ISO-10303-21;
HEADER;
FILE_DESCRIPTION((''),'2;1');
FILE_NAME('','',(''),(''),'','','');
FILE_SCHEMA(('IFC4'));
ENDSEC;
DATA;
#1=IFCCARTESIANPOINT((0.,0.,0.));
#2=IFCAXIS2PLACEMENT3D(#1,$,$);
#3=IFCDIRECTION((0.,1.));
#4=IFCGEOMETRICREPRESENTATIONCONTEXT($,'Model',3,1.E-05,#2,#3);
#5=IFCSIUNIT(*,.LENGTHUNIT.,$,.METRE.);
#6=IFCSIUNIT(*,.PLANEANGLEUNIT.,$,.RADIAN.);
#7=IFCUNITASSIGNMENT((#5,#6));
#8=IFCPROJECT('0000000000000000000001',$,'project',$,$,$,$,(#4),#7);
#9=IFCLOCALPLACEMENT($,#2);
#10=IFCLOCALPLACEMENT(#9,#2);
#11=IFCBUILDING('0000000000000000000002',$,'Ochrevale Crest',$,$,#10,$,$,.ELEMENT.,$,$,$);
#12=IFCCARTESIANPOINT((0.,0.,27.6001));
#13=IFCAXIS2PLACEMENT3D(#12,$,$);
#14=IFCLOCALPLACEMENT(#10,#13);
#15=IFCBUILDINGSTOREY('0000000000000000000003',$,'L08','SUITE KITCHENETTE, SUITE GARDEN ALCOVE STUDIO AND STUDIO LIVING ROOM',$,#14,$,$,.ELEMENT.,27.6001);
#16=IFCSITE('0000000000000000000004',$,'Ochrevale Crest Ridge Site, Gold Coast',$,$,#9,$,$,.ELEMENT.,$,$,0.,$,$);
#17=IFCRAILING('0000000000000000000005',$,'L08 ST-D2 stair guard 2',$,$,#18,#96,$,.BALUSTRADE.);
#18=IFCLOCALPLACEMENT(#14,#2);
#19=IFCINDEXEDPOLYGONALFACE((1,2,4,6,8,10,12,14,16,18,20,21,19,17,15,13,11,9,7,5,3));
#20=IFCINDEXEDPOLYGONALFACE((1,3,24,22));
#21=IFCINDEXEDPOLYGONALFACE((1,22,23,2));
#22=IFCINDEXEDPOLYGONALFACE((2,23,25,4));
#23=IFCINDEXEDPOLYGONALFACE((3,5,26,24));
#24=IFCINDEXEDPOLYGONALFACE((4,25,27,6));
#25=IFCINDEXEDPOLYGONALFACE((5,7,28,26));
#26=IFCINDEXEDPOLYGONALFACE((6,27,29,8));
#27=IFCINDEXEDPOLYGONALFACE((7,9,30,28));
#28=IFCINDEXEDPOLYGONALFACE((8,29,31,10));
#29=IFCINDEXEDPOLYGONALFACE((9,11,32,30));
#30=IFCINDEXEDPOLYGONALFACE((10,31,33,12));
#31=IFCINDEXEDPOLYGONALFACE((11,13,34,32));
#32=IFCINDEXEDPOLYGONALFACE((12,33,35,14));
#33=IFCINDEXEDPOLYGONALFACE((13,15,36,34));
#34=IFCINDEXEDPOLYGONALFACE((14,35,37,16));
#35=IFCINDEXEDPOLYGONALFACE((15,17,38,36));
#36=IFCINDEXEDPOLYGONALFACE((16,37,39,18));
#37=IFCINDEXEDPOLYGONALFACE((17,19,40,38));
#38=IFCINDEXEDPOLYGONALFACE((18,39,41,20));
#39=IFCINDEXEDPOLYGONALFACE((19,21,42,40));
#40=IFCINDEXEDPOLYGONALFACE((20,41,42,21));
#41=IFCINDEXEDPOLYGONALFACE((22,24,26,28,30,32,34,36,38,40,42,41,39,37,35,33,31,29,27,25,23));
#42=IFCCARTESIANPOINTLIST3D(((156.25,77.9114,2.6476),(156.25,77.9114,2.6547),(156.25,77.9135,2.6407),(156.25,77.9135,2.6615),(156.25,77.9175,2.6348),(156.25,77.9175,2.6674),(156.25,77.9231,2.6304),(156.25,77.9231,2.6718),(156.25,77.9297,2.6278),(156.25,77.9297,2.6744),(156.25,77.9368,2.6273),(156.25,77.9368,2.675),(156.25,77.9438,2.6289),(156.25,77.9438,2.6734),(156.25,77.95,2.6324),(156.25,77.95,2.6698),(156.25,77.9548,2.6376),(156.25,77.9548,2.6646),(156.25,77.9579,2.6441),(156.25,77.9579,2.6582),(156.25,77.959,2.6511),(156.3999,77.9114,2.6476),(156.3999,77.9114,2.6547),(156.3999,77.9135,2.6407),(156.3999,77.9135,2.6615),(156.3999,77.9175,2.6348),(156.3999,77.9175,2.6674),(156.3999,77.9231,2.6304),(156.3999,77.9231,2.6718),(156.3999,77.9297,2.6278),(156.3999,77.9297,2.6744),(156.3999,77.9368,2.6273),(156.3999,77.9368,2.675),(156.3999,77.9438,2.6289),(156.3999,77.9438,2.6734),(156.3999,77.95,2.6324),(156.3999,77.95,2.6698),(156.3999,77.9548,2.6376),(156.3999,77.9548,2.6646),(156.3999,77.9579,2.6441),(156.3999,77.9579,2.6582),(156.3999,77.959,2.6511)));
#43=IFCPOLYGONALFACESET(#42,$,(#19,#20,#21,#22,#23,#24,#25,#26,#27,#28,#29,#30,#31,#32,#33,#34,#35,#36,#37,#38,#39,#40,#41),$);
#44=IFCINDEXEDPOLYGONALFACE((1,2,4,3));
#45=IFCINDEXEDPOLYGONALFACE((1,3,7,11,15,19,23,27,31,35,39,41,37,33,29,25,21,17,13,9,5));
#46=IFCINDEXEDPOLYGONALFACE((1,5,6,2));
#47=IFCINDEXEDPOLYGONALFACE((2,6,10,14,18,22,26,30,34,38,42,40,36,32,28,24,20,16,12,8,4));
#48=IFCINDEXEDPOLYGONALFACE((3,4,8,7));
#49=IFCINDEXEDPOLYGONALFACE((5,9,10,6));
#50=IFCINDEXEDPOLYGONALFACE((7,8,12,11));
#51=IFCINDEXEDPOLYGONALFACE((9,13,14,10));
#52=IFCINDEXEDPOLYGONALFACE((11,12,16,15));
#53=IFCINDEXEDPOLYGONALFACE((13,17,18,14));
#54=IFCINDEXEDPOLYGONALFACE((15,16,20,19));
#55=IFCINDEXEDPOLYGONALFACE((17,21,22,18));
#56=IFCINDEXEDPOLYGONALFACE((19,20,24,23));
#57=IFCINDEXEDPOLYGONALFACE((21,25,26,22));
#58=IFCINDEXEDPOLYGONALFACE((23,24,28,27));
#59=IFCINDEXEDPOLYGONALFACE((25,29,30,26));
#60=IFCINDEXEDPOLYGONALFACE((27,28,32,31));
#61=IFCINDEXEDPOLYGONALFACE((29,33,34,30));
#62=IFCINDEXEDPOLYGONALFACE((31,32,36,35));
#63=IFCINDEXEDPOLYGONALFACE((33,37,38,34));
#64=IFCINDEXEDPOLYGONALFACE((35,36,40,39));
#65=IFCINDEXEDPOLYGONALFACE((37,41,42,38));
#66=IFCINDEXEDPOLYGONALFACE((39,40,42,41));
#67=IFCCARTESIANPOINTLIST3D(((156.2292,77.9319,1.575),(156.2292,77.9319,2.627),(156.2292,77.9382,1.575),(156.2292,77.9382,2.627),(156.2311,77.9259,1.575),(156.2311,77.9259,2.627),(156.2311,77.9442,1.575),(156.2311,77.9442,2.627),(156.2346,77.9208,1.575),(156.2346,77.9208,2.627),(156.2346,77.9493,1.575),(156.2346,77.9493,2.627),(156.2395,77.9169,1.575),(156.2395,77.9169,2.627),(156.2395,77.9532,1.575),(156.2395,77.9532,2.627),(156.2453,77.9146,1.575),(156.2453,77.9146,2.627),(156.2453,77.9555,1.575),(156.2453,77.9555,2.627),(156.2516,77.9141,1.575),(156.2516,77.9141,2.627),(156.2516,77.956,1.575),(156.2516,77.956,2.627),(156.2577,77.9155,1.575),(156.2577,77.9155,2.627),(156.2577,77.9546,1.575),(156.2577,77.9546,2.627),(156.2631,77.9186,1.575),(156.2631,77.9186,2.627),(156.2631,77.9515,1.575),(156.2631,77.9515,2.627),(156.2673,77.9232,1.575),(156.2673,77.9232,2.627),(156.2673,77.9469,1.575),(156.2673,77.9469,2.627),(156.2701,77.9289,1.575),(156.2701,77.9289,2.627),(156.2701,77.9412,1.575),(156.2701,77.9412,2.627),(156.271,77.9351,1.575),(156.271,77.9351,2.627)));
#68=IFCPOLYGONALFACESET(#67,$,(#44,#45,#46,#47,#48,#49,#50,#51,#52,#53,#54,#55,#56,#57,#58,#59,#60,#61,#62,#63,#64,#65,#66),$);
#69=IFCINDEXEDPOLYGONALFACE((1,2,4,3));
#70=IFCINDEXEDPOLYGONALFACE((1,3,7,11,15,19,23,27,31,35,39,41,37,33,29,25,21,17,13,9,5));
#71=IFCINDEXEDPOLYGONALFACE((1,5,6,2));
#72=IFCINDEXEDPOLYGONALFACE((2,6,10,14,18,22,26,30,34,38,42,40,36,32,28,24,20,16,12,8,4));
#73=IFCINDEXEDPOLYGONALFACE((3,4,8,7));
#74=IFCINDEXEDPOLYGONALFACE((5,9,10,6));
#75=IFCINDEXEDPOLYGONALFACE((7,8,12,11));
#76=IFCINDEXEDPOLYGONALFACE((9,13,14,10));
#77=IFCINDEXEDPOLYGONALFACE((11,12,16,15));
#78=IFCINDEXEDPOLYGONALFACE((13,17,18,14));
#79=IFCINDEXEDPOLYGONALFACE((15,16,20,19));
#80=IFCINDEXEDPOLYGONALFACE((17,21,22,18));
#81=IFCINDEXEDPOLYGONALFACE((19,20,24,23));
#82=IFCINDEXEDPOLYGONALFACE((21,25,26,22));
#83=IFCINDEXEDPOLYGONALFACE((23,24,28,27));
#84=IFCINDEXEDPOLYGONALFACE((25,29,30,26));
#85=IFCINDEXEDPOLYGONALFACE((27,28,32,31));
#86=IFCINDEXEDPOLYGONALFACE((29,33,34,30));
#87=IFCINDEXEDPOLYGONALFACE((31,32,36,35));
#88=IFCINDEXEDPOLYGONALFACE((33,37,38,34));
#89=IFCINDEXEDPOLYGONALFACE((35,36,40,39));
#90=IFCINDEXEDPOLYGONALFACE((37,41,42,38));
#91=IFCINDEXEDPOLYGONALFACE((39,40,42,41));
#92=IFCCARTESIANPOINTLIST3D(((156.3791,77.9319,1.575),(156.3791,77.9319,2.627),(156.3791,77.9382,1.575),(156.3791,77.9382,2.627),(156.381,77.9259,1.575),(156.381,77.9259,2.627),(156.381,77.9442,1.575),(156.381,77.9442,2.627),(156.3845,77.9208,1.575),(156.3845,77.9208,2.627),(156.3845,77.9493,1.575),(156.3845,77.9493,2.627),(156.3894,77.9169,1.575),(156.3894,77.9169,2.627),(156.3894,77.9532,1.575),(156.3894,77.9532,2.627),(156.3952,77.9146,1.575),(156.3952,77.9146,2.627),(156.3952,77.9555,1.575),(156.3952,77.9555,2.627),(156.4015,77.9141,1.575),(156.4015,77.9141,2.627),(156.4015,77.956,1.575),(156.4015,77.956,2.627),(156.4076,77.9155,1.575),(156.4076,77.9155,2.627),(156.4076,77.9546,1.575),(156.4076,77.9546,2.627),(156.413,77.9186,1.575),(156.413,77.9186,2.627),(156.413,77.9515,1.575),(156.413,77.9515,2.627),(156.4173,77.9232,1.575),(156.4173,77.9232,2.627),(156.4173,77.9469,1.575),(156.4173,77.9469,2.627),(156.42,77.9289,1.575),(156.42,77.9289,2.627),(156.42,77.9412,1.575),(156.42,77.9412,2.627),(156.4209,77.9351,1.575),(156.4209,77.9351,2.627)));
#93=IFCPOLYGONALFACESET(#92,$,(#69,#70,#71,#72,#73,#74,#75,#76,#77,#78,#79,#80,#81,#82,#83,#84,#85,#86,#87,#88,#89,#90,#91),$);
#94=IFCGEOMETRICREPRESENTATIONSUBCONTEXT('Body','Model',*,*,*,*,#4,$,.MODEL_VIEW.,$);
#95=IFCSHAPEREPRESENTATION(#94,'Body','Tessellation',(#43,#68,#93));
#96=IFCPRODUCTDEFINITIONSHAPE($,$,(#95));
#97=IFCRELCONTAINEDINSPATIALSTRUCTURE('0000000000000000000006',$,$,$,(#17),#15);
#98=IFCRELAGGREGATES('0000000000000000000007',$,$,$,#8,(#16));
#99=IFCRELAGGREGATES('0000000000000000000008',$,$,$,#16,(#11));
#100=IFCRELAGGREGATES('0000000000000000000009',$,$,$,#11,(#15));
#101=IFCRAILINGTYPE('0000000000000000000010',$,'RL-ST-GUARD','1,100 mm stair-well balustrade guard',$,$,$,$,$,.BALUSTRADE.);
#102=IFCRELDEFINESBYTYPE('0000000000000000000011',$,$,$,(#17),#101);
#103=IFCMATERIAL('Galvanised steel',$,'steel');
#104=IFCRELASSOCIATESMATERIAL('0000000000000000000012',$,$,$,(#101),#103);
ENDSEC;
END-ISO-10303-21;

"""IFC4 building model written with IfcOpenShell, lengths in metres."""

from ifc_helpers import new_model, si_unit, direction, frame, origin, origin_2d, place, context, subcontext, project, spatial, circle, extrude, material, type_object, element, save


model = new_model("IFC4")

# Units and contexts
model_context = context("Model", 3, precision=1e-05, world=origin(), true_north=direction((0.0, 1.0)))
body_context = subcontext(model_context, "Body", "Model", "MODEL_VIEW")
ifc_project = project(units=[si_unit("LENGTHUNIT", "METRE"), si_unit("PLANEANGLEUNIT", "RADIAN")], contexts=[model_context])

# Site, building, storey
site_placement = place(None, origin())
site = spatial("IfcSite", under=ifc_project, at=site_placement, Name="Ochrevale Crest Ridge Site, Gold Coast", CompositionType="ELEMENT", RefElevation=0.0)
building_placement = place(site_placement, origin())
building = spatial("IfcBuilding", under=site, at=building_placement, Name="Ochrevale Crest", CompositionType="ELEMENT")
storey_placement = place(building_placement, frame((0.0, 0.0, 27.6001)))
storey = spatial("IfcBuildingStorey", under=building, at=storey_placement, Name="L08", Description="SUITE KITCHENETTE, SUITE GARDEN ALCOVE STUDIO AND STUDIO LIVING ROOM", CompositionType="ELEMENT", Elevation=27.6001)

# Railing
ifc_material_1 = material(Name="Galvanised steel", Category="steel")
railing_type_1 = type_object("IfcRailingType", Name="RL-ST-GUARD", Description="1,100 mm stair-well balustrade guard", PredefinedType="BALUSTRADE", material=ifc_material_1)
railing_1_placement = place(storey_placement, frame((156.25, 77.9351, 1.575)))
element("IfcRailing", 1, at=railing_1_placement, inside=storey, type_object=railing_type_1, Name="L08 ST-D2 stair guard 2", PredefinedType="BALUSTRADE", context=body_context, shape_type="SweptSolid", body=[
    extrude(circle(Radius=0.0239, at=origin_2d()), frame((0.0, 0.0, 1.0762), z_axis=(1.0, 0.0, 0.0), x_axis=(0.0, 1.0, 0.0)), (0.0, 0.0, 1.0), 0.1499),
    extrude(circle(Radius=0.021, at=origin_2d()), origin(), (0.0, 0.0, 1.0), 1.052),
    extrude(circle(Radius=0.021, at=origin_2d()), frame((0.1499, 0.0, 0.0)), (0.0, 0.0, 1.0), 1.052),
])

save(model, "model.ifc")
